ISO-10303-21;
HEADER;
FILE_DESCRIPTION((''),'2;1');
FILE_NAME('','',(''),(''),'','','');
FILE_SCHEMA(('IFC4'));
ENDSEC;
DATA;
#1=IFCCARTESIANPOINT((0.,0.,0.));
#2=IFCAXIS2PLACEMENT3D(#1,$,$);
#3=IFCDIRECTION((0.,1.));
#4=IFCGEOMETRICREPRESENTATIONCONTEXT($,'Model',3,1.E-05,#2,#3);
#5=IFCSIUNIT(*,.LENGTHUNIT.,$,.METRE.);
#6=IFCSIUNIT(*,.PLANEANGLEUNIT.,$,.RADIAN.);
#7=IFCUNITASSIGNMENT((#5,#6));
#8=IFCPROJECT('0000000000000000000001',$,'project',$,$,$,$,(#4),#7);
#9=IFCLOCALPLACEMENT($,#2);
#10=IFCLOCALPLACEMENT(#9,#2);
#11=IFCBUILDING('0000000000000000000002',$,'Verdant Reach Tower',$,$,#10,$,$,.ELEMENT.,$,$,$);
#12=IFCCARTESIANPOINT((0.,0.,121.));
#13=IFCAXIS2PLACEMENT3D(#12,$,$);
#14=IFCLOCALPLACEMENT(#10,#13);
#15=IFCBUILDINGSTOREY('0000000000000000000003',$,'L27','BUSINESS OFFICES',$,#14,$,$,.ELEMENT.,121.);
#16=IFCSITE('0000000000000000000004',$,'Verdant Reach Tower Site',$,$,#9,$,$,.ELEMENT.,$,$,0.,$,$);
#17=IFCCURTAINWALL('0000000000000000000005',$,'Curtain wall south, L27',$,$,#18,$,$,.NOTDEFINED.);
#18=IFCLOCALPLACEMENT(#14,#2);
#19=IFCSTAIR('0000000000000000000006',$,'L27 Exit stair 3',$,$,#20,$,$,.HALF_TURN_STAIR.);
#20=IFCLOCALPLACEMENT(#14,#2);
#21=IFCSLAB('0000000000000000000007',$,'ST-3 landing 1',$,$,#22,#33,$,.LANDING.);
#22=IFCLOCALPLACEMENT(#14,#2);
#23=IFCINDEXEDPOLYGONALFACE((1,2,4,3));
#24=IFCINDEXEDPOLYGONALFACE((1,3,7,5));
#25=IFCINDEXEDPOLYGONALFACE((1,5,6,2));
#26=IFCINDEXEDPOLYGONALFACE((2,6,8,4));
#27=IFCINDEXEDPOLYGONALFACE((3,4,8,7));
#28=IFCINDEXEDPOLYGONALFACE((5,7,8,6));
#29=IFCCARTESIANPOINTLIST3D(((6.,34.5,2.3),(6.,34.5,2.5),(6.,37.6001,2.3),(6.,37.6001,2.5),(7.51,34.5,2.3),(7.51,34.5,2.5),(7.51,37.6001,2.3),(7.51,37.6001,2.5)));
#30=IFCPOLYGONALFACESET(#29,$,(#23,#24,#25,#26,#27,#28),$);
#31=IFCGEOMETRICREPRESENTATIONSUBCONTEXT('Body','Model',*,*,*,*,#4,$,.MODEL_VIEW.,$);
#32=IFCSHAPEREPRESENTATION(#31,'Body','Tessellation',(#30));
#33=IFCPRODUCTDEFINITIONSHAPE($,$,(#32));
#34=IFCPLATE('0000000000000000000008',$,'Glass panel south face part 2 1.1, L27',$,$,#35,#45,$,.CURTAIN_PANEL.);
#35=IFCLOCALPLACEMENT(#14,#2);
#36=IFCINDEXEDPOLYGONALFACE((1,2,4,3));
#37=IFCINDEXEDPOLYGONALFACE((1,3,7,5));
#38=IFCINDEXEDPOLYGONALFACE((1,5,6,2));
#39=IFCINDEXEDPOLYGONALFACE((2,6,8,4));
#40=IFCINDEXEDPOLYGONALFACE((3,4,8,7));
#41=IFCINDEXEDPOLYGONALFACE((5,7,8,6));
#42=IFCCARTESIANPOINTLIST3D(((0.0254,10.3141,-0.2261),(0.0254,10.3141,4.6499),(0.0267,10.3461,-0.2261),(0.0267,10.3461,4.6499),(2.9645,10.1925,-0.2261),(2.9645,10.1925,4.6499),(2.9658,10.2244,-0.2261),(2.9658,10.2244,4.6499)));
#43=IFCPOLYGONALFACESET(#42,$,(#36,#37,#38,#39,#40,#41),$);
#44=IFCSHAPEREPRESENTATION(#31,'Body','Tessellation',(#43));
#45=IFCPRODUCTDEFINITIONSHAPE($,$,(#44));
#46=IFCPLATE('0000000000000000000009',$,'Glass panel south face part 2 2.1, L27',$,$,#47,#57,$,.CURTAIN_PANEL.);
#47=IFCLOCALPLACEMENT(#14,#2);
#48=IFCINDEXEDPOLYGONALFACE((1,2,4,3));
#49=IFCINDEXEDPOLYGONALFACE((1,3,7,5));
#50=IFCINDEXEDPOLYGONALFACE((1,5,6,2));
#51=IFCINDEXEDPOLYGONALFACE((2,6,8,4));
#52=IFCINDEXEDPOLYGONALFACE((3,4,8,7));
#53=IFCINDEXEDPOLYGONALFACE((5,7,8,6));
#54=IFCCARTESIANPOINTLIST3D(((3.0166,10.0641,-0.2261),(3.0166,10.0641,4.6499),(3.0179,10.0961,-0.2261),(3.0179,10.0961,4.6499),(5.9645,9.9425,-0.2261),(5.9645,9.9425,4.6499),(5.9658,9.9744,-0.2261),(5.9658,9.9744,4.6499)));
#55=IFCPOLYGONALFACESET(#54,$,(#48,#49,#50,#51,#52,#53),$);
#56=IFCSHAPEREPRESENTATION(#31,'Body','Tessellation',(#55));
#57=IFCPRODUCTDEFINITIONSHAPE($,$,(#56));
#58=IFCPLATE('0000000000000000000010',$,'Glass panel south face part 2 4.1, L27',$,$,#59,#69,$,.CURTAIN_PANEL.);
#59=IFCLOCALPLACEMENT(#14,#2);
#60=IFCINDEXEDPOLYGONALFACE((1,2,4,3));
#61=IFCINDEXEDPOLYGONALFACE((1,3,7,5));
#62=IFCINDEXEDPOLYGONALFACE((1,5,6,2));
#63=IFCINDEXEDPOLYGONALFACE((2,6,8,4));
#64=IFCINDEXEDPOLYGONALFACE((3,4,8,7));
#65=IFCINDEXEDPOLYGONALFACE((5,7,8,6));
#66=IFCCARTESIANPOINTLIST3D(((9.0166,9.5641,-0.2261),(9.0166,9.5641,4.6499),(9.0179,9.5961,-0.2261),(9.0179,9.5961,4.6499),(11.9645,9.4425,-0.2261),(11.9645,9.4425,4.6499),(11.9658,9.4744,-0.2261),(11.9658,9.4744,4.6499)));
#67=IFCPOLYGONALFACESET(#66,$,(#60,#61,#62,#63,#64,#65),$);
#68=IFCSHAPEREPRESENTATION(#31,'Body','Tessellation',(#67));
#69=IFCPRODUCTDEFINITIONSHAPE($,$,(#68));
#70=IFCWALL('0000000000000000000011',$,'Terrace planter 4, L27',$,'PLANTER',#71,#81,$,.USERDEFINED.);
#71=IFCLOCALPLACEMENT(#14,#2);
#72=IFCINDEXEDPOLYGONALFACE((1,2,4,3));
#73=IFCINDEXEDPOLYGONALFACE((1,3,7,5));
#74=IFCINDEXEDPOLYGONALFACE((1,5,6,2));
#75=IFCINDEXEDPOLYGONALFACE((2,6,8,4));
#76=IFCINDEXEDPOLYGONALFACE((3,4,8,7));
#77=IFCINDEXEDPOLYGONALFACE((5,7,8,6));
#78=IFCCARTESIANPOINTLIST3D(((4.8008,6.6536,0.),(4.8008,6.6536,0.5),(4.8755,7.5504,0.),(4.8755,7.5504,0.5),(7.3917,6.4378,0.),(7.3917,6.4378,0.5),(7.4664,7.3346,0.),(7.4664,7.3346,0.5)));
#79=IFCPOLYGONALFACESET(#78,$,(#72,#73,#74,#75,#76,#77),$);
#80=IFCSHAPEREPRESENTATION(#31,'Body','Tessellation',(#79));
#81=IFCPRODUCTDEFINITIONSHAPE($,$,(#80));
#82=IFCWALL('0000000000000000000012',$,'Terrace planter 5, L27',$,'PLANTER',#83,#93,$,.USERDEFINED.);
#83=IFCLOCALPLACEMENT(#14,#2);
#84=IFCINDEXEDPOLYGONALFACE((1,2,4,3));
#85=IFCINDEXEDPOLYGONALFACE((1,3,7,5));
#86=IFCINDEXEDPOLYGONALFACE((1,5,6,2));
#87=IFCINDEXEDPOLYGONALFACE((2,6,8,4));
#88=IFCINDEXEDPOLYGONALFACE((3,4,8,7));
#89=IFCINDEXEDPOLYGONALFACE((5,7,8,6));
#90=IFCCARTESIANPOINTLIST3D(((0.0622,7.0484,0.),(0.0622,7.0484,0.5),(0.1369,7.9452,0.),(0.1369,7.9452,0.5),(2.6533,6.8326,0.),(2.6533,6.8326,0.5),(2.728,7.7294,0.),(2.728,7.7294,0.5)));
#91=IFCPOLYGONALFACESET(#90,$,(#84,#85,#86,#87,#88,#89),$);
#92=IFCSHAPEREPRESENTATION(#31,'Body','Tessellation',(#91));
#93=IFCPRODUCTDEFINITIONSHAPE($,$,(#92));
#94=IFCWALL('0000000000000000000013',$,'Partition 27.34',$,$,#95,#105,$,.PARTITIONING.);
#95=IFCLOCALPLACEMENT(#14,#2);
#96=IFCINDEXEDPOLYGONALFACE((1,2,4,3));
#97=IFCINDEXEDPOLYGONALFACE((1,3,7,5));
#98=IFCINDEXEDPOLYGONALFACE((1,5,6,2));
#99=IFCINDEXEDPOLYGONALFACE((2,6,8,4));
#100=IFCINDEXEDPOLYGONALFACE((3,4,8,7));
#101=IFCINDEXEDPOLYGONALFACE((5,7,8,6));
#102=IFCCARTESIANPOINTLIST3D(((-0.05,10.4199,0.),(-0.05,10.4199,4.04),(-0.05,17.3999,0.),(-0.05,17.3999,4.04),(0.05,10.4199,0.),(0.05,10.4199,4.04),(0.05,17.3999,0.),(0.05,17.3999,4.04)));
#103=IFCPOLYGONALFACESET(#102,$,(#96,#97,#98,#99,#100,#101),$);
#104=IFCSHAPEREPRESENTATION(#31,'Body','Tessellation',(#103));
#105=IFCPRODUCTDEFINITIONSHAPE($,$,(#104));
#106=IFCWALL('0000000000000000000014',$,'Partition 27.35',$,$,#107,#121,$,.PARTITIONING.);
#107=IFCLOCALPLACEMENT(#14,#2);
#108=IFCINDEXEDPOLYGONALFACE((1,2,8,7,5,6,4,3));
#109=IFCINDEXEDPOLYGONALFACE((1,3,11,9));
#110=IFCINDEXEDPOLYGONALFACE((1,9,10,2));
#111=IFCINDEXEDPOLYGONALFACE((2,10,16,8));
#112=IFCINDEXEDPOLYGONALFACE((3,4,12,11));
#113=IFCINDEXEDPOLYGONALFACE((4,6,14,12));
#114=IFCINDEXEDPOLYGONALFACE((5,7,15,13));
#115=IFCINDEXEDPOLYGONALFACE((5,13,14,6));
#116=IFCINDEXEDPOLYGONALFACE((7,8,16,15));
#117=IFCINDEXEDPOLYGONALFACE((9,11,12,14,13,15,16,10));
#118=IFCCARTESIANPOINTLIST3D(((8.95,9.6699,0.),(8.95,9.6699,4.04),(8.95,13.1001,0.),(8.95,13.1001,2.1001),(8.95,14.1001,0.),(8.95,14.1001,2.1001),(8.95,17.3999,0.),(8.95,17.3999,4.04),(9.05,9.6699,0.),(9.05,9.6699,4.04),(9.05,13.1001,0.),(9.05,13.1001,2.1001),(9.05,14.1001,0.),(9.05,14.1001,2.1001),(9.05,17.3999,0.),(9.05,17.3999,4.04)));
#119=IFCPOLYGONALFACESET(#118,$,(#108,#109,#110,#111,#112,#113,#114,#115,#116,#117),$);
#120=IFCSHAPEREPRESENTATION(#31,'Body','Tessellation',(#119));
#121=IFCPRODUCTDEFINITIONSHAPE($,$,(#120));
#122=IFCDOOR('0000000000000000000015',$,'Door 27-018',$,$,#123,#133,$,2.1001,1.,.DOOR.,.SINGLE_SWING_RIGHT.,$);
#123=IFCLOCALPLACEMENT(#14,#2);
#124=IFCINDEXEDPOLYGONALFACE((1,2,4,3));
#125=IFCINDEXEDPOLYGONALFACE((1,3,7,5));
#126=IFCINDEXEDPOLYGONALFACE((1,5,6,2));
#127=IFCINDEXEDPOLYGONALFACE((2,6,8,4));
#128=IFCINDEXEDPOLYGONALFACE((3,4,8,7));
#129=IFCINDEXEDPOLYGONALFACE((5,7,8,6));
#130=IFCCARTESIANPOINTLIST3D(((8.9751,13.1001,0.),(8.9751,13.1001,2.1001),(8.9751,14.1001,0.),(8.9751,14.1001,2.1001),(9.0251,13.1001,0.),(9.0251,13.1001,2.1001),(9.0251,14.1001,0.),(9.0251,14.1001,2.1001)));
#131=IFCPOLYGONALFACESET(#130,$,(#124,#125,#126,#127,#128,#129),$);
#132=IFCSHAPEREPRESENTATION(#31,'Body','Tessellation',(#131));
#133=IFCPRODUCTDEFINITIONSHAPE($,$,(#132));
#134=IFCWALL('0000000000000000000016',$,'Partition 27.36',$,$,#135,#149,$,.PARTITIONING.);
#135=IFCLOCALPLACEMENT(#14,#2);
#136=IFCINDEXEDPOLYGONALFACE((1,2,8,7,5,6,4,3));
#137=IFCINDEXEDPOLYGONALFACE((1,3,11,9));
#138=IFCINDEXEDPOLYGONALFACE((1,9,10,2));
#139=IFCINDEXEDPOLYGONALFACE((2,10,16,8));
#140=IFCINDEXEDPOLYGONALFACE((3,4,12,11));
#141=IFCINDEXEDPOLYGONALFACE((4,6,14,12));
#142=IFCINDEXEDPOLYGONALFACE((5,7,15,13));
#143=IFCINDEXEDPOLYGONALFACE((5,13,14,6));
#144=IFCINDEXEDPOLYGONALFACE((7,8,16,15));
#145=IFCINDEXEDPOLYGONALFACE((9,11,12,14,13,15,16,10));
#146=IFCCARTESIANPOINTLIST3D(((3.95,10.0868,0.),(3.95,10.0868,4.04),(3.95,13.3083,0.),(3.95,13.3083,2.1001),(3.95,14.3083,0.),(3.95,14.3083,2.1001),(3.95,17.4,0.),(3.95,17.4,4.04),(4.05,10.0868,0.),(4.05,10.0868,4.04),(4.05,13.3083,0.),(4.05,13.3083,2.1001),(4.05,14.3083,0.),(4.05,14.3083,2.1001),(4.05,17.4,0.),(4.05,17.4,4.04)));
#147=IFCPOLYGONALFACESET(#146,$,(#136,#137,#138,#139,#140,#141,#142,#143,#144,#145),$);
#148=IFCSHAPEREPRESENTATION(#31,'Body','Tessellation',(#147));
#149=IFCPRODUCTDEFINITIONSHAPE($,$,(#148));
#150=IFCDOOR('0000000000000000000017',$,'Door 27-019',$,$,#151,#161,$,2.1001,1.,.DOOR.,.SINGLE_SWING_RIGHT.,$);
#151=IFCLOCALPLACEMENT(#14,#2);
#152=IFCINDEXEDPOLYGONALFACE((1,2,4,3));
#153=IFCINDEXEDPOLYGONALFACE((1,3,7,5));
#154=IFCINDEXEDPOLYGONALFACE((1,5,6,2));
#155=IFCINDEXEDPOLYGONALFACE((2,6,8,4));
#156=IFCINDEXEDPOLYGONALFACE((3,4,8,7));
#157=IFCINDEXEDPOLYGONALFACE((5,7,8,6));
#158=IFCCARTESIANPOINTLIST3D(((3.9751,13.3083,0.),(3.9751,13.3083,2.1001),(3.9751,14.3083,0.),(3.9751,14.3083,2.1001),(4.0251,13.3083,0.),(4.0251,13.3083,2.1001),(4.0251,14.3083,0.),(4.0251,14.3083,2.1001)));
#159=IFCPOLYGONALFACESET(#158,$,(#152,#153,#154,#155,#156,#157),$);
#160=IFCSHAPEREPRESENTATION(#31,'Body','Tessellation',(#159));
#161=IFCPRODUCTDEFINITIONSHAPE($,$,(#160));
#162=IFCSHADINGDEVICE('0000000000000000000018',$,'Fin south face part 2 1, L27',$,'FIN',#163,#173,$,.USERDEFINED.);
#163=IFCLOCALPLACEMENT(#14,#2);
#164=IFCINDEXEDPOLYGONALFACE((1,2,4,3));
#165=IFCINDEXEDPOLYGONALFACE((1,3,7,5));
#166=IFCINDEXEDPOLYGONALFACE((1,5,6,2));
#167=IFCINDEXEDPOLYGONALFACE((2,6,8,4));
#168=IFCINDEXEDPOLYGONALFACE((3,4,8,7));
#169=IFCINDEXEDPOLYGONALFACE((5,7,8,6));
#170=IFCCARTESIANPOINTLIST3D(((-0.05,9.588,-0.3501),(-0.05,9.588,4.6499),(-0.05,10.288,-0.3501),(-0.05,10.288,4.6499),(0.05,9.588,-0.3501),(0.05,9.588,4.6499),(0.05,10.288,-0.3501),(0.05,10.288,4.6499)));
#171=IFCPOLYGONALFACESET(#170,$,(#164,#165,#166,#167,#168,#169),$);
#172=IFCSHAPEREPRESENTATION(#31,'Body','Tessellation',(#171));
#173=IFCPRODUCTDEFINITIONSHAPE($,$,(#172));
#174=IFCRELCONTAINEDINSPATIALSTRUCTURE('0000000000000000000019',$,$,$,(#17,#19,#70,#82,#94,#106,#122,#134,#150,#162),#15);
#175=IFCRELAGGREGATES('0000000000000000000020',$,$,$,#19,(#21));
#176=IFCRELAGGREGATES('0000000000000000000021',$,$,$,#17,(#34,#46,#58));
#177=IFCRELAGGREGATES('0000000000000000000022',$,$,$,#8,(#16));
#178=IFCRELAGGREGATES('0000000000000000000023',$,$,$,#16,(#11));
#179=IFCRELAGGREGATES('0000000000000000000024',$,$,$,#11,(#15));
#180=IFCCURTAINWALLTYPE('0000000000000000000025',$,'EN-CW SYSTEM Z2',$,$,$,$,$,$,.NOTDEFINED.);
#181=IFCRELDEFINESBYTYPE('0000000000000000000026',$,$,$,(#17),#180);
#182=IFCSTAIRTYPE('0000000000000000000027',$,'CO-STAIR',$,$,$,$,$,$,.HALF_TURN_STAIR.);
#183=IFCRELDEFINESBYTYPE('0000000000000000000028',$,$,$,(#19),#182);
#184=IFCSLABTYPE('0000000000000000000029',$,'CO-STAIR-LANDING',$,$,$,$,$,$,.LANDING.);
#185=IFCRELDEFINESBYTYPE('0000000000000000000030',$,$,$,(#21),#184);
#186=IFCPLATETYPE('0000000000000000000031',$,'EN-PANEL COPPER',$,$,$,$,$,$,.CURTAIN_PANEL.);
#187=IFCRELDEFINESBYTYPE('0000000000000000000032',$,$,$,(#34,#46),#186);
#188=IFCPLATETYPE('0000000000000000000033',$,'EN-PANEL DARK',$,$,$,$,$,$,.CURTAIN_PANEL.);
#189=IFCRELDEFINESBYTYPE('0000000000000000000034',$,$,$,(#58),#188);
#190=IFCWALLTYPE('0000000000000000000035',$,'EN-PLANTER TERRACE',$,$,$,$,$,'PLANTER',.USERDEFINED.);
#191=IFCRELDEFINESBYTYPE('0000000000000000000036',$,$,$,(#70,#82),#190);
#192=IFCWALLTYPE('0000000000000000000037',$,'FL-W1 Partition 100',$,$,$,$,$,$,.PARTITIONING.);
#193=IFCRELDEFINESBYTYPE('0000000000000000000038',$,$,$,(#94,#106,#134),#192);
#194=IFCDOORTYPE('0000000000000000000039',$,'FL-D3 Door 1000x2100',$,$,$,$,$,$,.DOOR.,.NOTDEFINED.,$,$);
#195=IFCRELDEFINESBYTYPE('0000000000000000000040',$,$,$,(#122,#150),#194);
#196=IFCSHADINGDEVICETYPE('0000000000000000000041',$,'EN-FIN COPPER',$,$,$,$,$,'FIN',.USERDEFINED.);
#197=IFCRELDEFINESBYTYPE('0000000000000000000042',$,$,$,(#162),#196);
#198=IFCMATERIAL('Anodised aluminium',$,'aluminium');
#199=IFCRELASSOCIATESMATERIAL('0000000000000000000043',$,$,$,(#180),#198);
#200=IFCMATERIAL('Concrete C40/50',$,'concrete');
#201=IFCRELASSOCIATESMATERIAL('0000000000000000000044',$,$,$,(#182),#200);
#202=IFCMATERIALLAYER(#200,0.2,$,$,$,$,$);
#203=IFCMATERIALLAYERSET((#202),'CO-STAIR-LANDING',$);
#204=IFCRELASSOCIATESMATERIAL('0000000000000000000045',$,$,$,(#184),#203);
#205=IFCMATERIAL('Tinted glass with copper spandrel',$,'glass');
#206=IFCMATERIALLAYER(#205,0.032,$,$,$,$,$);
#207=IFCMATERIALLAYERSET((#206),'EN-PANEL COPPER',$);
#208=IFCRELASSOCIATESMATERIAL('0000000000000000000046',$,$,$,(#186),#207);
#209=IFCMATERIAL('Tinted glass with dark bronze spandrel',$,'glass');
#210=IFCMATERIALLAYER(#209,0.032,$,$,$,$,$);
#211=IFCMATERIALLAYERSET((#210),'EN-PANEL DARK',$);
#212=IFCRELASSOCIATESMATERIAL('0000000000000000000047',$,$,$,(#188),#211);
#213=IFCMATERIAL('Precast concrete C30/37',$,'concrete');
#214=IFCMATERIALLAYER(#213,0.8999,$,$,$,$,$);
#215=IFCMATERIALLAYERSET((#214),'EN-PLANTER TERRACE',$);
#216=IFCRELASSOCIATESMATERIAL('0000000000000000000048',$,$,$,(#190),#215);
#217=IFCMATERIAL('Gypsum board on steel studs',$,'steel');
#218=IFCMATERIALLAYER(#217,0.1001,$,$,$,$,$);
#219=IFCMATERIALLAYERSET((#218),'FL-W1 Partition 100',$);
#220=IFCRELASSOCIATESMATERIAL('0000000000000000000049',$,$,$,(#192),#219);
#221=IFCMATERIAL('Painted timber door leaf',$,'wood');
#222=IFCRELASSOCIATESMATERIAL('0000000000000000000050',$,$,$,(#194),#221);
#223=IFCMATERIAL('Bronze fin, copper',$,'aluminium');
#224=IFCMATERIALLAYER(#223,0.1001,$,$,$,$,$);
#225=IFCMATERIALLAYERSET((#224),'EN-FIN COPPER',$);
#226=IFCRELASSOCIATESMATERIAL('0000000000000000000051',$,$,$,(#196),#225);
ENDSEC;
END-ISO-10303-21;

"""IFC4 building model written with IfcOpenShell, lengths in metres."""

from ifc_helpers import new_model, si_unit, direction, frame, frame_2d, origin, origin_2d, place, context, subcontext, project, spatial, polyline, rectangle, outline, extrude, material, layer, layer_set, type_object, element, fill, aggregate, save


model = new_model("IFC4")

# Units and contexts
model_context = context("Model", 3, precision=1e-05, world=origin(), true_north=direction((0.0, 1.0)))
body_context = subcontext(model_context, "Body", "Model", "MODEL_VIEW")
ifc_project = project(units=[si_unit("LENGTHUNIT", "METRE"), si_unit("PLANEANGLEUNIT", "RADIAN")], contexts=[model_context])

# Site, building, storey
site_placement = place(None, origin())
site = spatial("IfcSite", under=ifc_project, at=site_placement, Name="Verdant Reach Tower Site", CompositionType="ELEMENT", RefElevation=0.0)
building_placement = place(site_placement, origin())
building = spatial("IfcBuilding", under=site, at=building_placement, Name="Verdant Reach Tower", CompositionType="ELEMENT")
storey_placement = place(building_placement, frame((0.0, 0.0, 121.0)))
storey = spatial("IfcBuildingStorey", under=building, at=storey_placement, Name="L27", Description="BUSINESS OFFICES", CompositionType="ELEMENT", Elevation=121.0)

# Curtain wall
ifc_material_1 = material(Name="Anodised aluminium", Category="aluminium")
curtain_wall_type = type_object("IfcCurtainWallType", Name="EN-CW SYSTEM Z2", PredefinedType="NOTDEFINED", material=ifc_material_1)
curtain_wall_placement = place(storey_placement, origin())
curtain_wall = element("IfcCurtainWall", 1, at=curtain_wall_placement, inside=storey, type_object=curtain_wall_type, Name="Curtain wall south, L27", PredefinedType="NOTDEFINED")

# Stair, slab
ifc_material_2 = material(Name="Concrete C40/50", Category="concrete")
stair_type = type_object("IfcStairType", Name="CO-STAIR", PredefinedType="HALF_TURN_STAIR", material=ifc_material_2)
stair_placement = place(storey_placement, origin())
stair = element("IfcStair", 2, at=stair_placement, inside=storey, type_object=stair_type, Name="L27 Exit stair 3", PredefinedType="HALF_TURN_STAIR")
ifc_layer_1 = layer(ifc_material_2, 0.2)
ifc_layer_set_1 = layer_set([ifc_layer_1], Name="CO-STAIR-LANDING")
slab_type = type_object("IfcSlabType", Name="CO-STAIR-LANDING", PredefinedType="LANDING", material=ifc_layer_set_1)
slab_placement = place(storey_placement, frame((0.0, 0.0, 2.3)))
slab = element("IfcSlab", 3, at=slab_placement, type_object=slab_type, Name="ST-3 landing 1", PredefinedType="LANDING", context=body_context, shape_type="SweptSolid", body=[
    extrude(outline(polyline([(7.51, 37.6001), (6.0, 37.6001), (6.0, 34.5), (7.51, 34.5), (7.51, 37.6001)])), origin(), (0.0, 0.0, 1.0), 0.2),
])
aggregate(stair, [slab])

# Plates
ifc_material_3 = material(Name="Tinted glass with copper spandrel", Category="glass")
ifc_layer_2 = layer(ifc_material_3, 0.032)
ifc_layer_set_2 = layer_set([ifc_layer_2], Name="EN-PANEL COPPER")
plate_type_1 = type_object("IfcPlateType", Name="EN-PANEL COPPER", PredefinedType="CURTAIN_PANEL", material=ifc_layer_set_2)
plate_1_placement = place(storey_placement, frame((1.4956, 10.2693, -0.2261), z_axis=(0.0, 0.0, 1.0), x_axis=(0.999144, -0.041364, 0.0)))
plate_1 = element("IfcPlate", 4, at=plate_1_placement, type_object=plate_type_1, Name="Glass panel south face part 2 1.1, L27", PredefinedType="CURTAIN_PANEL", context=body_context, shape_type="SweptSolid", body=[
    extrude(rectangle(XDim=2.9417, YDim=0.032, at=origin_2d()), origin(), (0.0, 0.0, 1.0), 4.876),
])
plate_2_placement = place(storey_placement, frame((4.4912, 10.0193, -0.2261), z_axis=(0.0, 0.0, 1.0), x_axis=(0.999149, -0.041242, 0.0)))
plate_2 = element("IfcPlate", 5, at=plate_2_placement, type_object=plate_type_1, Name="Glass panel south face part 2 2.1, L27", PredefinedType="CURTAIN_PANEL", context=body_context, shape_type="SweptSolid", body=[
    extrude(rectangle(XDim=2.9504, YDim=0.032, at=origin_2d()), origin(), (0.0, 0.0, 1.0), 4.876),
])
ifc_material_4 = material(Name="Tinted glass with dark bronze spandrel", Category="glass")
ifc_layer_3 = layer(ifc_material_4, 0.032)
ifc_layer_set_3 = layer_set([ifc_layer_3], Name="EN-PANEL DARK")
plate_type_2 = type_object("IfcPlateType", Name="EN-PANEL DARK", PredefinedType="CURTAIN_PANEL", material=ifc_layer_set_3)
plate_3_placement = place(storey_placement, frame((10.4912, 9.5193, -0.2261), z_axis=(0.0, 0.0, 1.0), x_axis=(0.999149, -0.041242, 0.0)))
plate_3 = element("IfcPlate", 6, at=plate_3_placement, type_object=plate_type_2, Name="Glass panel south face part 2 4.1, L27", PredefinedType="CURTAIN_PANEL", context=body_context, shape_type="SweptSolid", body=[
    extrude(rectangle(XDim=2.9504, YDim=0.032, at=origin_2d()), origin(), (0.0, 0.0, 1.0), 4.876),
])
aggregate(curtain_wall, [plate_1, plate_2, plate_3])

# Walls
ifc_material_5 = material(Name="Precast concrete C30/37", Category="concrete")
ifc_layer_4 = layer(ifc_material_5, 0.8999)
ifc_layer_set_4 = layer_set([ifc_layer_4], Name="EN-PLANTER TERRACE")
wall_type_1 = type_object("IfcWallType", Name="EN-PLANTER TERRACE", ElementType="PLANTER", PredefinedType="USERDEFINED", material=ifc_layer_set_4)
wall_1_placement = place(storey_placement, frame((7.429, 6.8862, 0.0), z_axis=(0.0, 0.0, 1.0), x_axis=(-0.996548, 0.083014, 0.0)))
element("IfcWall", 7, at=wall_1_placement, inside=storey, type_object=wall_type_1, Name="Terrace planter 4, L27", ObjectType="PLANTER", PredefinedType="USERDEFINED", context=body_context, shape_type="SweptSolid", body=[
    extrude(rectangle(XDim=2.5999, YDim=0.8999, at=frame_2d((1.2998, 0.0))), origin(), (0.0, 0.0, 1.0), 0.5),
])
wall_2_placement = place(storey_placement, frame((2.6907, 7.281, 0.0), z_axis=(0.0, 0.0, 1.0), x_axis=(-0.996549, 0.083007, 0.0)))
element("IfcWall", 8, at=wall_2_placement, inside=storey, type_object=wall_type_1, Name="Terrace planter 5, L27", ObjectType="PLANTER", PredefinedType="USERDEFINED", context=body_context, shape_type="SweptSolid", body=[
    extrude(rectangle(XDim=2.6001, YDim=0.8999, at=frame_2d((1.3, 0.0))), origin(), (0.0, 0.0, 1.0), 0.5),
])
ifc_material_6 = material(Name="Gypsum board on steel studs", Category="steel")
ifc_layer_5 = layer(ifc_material_6, 0.1001)
ifc_layer_set_5 = layer_set([ifc_layer_5], Name="FL-W1 Partition 100")
wall_type_2 = type_object("IfcWallType", Name="FL-W1 Partition 100", PredefinedType="PARTITIONING", material=ifc_layer_set_5)
wall_3_placement = place(storey_placement, frame((0.0, 10.4199, 0.0), z_axis=(0.0, 0.0, 1.0), x_axis=(0.0, 1.0, 0.0)))
element("IfcWall", 9, at=wall_3_placement, inside=storey, type_object=wall_type_2, Name="Partition 27.34", PredefinedType="PARTITIONING", context=body_context, shape_type="SweptSolid", body=[
    extrude(rectangle(XDim=6.98, YDim=0.1001, at=frame_2d((3.49, 0.0))), origin(), (0.0, 0.0, 1.0), 4.04),
])

# Walls, openings, doors
wall_4_placement = place(storey_placement, frame((9.0, 9.6699, 0.0), z_axis=(0.0, 0.0, 1.0), x_axis=(0.0, 1.0, 0.0)))
wall_4 = element("IfcWall", 10, at=wall_4_placement, inside=storey, type_object=wall_type_2, Name="Partition 27.35", PredefinedType="PARTITIONING", context=body_context, shape_type="SweptSolid", body=[
    extrude(rectangle(XDim=7.73, YDim=0.1001, at=frame_2d((3.865, 0.0))), origin(), (0.0, 0.0, 1.0), 4.04),
])
opening_1_placement = place(wall_4_placement, frame((3.4302, 0.0, 0.0)))
opening_1 = element("IfcOpeningElement", 11, at=opening_1_placement, cuts=wall_4, PredefinedType="OPENING", context=body_context, shape_type="SweptSolid", body=[
    extrude(rectangle(XDim=1.0, YDim=2.1001, at=frame_2d((0.5, 1.05))), frame((0.0, 0.0601, 0.0), z_axis=(0.0, -1.0, 0.0), x_axis=(1.0, 0.0, 0.0)), (0.0, 0.0, 1.0), 0.1201),
])
ifc_material_7 = material(Name="Painted timber door leaf", Category="wood")
door_type_1 = type_object("IfcDoorType", Name="FL-D3 Door 1000x2100", OperationType="NOTDEFINED", PredefinedType="DOOR", material=ifc_material_7)
door_1_placement = place(opening_1_placement, origin())
door_1 = element("IfcDoor", 12, at=door_1_placement, inside=storey, type_object=door_type_1, Name="Door 27-018", OperationType="SINGLE_SWING_RIGHT", OverallHeight=2.1001, OverallWidth=1.0, PredefinedType="DOOR", context=body_context, shape_type="SweptSolid", body=[
    extrude(rectangle(XDim=1.0, YDim=2.1001, at=frame_2d((0.5, 1.05))), frame((0.0, 0.0249, 0.0), z_axis=(0.0, -1.0, 0.0), x_axis=(1.0, 0.0, 0.0)), (0.0, 0.0, 1.0), 0.05),
])
fill(opening_1, door_1)
wall_5_placement = place(storey_placement, frame((4.0, 10.0867, 0.0), z_axis=(0.0, 0.0, 1.0), x_axis=(0.0, 1.0, 0.0)))
wall_5 = element("IfcWall", 13, at=wall_5_placement, inside=storey, type_object=wall_type_2, Name="Partition 27.36", PredefinedType="PARTITIONING", context=body_context, shape_type="SweptSolid", body=[
    extrude(rectangle(XDim=7.3132, YDim=0.1001, at=frame_2d((3.6567, 0.0))), origin(), (0.0, 0.0, 1.0), 4.04),
])
opening_2_placement = place(wall_5_placement, frame((3.2217, 0.0, 0.0)))
opening_2 = element("IfcOpeningElement", 14, at=opening_2_placement, cuts=wall_5, PredefinedType="OPENING", context=body_context, shape_type="SweptSolid", body=[
    extrude(rectangle(XDim=1.0, YDim=2.1001, at=frame_2d((0.5, 1.05))), frame((0.0, 0.0601, 0.0), z_axis=(0.0, -1.0, 0.0), x_axis=(1.0, 0.0, 0.0)), (0.0, 0.0, 1.0), 0.1201),
])
door_2_placement = place(opening_2_placement, origin())
door_2 = element("IfcDoor", 15, at=door_2_placement, inside=storey, type_object=door_type_1, Name="Door 27-019", OperationType="SINGLE_SWING_RIGHT", OverallHeight=2.1001, OverallWidth=1.0, PredefinedType="DOOR", context=body_context, shape_type="SweptSolid", body=[
    extrude(rectangle(XDim=1.0, YDim=2.1001, at=frame_2d((0.5, 1.05))), frame((0.0, 0.0249, 0.0), z_axis=(0.0, -1.0, 0.0), x_axis=(1.0, 0.0, 0.0)), (0.0, 0.0, 1.0), 0.05),
])
fill(opening_2, door_2)

# Shading device
ifc_material_8 = material(Name="Bronze fin, copper", Category="aluminium")
ifc_layer_6 = layer(ifc_material_8, 0.1001)
ifc_layer_set_6 = layer_set([ifc_layer_6], Name="EN-FIN COPPER")
shading_device_type_1 = type_object("IfcShadingDeviceType", Name="EN-FIN COPPER", ElementType="FIN", PredefinedType="USERDEFINED", material=ifc_layer_set_6)
shading_device_1_placement = place(storey_placement, frame((0.0, 9.938, -0.3501), z_axis=(0.0, 0.0, 1.0), x_axis=(1.0, 0.0, 0.0)))
element("IfcShadingDevice", 16, at=shading_device_1_placement, inside=storey, type_object=shading_device_type_1, Name="Fin south face part 2 1, L27", ObjectType="FIN", PredefinedType="USERDEFINED", context=body_context, shape_type="SweptSolid", body=[
    extrude(rectangle(XDim=0.1001, YDim=0.7, at=origin_2d()), origin(), (0.0, 0.0, 1.0), 5.0),
])

save(model, "model.ifc")
